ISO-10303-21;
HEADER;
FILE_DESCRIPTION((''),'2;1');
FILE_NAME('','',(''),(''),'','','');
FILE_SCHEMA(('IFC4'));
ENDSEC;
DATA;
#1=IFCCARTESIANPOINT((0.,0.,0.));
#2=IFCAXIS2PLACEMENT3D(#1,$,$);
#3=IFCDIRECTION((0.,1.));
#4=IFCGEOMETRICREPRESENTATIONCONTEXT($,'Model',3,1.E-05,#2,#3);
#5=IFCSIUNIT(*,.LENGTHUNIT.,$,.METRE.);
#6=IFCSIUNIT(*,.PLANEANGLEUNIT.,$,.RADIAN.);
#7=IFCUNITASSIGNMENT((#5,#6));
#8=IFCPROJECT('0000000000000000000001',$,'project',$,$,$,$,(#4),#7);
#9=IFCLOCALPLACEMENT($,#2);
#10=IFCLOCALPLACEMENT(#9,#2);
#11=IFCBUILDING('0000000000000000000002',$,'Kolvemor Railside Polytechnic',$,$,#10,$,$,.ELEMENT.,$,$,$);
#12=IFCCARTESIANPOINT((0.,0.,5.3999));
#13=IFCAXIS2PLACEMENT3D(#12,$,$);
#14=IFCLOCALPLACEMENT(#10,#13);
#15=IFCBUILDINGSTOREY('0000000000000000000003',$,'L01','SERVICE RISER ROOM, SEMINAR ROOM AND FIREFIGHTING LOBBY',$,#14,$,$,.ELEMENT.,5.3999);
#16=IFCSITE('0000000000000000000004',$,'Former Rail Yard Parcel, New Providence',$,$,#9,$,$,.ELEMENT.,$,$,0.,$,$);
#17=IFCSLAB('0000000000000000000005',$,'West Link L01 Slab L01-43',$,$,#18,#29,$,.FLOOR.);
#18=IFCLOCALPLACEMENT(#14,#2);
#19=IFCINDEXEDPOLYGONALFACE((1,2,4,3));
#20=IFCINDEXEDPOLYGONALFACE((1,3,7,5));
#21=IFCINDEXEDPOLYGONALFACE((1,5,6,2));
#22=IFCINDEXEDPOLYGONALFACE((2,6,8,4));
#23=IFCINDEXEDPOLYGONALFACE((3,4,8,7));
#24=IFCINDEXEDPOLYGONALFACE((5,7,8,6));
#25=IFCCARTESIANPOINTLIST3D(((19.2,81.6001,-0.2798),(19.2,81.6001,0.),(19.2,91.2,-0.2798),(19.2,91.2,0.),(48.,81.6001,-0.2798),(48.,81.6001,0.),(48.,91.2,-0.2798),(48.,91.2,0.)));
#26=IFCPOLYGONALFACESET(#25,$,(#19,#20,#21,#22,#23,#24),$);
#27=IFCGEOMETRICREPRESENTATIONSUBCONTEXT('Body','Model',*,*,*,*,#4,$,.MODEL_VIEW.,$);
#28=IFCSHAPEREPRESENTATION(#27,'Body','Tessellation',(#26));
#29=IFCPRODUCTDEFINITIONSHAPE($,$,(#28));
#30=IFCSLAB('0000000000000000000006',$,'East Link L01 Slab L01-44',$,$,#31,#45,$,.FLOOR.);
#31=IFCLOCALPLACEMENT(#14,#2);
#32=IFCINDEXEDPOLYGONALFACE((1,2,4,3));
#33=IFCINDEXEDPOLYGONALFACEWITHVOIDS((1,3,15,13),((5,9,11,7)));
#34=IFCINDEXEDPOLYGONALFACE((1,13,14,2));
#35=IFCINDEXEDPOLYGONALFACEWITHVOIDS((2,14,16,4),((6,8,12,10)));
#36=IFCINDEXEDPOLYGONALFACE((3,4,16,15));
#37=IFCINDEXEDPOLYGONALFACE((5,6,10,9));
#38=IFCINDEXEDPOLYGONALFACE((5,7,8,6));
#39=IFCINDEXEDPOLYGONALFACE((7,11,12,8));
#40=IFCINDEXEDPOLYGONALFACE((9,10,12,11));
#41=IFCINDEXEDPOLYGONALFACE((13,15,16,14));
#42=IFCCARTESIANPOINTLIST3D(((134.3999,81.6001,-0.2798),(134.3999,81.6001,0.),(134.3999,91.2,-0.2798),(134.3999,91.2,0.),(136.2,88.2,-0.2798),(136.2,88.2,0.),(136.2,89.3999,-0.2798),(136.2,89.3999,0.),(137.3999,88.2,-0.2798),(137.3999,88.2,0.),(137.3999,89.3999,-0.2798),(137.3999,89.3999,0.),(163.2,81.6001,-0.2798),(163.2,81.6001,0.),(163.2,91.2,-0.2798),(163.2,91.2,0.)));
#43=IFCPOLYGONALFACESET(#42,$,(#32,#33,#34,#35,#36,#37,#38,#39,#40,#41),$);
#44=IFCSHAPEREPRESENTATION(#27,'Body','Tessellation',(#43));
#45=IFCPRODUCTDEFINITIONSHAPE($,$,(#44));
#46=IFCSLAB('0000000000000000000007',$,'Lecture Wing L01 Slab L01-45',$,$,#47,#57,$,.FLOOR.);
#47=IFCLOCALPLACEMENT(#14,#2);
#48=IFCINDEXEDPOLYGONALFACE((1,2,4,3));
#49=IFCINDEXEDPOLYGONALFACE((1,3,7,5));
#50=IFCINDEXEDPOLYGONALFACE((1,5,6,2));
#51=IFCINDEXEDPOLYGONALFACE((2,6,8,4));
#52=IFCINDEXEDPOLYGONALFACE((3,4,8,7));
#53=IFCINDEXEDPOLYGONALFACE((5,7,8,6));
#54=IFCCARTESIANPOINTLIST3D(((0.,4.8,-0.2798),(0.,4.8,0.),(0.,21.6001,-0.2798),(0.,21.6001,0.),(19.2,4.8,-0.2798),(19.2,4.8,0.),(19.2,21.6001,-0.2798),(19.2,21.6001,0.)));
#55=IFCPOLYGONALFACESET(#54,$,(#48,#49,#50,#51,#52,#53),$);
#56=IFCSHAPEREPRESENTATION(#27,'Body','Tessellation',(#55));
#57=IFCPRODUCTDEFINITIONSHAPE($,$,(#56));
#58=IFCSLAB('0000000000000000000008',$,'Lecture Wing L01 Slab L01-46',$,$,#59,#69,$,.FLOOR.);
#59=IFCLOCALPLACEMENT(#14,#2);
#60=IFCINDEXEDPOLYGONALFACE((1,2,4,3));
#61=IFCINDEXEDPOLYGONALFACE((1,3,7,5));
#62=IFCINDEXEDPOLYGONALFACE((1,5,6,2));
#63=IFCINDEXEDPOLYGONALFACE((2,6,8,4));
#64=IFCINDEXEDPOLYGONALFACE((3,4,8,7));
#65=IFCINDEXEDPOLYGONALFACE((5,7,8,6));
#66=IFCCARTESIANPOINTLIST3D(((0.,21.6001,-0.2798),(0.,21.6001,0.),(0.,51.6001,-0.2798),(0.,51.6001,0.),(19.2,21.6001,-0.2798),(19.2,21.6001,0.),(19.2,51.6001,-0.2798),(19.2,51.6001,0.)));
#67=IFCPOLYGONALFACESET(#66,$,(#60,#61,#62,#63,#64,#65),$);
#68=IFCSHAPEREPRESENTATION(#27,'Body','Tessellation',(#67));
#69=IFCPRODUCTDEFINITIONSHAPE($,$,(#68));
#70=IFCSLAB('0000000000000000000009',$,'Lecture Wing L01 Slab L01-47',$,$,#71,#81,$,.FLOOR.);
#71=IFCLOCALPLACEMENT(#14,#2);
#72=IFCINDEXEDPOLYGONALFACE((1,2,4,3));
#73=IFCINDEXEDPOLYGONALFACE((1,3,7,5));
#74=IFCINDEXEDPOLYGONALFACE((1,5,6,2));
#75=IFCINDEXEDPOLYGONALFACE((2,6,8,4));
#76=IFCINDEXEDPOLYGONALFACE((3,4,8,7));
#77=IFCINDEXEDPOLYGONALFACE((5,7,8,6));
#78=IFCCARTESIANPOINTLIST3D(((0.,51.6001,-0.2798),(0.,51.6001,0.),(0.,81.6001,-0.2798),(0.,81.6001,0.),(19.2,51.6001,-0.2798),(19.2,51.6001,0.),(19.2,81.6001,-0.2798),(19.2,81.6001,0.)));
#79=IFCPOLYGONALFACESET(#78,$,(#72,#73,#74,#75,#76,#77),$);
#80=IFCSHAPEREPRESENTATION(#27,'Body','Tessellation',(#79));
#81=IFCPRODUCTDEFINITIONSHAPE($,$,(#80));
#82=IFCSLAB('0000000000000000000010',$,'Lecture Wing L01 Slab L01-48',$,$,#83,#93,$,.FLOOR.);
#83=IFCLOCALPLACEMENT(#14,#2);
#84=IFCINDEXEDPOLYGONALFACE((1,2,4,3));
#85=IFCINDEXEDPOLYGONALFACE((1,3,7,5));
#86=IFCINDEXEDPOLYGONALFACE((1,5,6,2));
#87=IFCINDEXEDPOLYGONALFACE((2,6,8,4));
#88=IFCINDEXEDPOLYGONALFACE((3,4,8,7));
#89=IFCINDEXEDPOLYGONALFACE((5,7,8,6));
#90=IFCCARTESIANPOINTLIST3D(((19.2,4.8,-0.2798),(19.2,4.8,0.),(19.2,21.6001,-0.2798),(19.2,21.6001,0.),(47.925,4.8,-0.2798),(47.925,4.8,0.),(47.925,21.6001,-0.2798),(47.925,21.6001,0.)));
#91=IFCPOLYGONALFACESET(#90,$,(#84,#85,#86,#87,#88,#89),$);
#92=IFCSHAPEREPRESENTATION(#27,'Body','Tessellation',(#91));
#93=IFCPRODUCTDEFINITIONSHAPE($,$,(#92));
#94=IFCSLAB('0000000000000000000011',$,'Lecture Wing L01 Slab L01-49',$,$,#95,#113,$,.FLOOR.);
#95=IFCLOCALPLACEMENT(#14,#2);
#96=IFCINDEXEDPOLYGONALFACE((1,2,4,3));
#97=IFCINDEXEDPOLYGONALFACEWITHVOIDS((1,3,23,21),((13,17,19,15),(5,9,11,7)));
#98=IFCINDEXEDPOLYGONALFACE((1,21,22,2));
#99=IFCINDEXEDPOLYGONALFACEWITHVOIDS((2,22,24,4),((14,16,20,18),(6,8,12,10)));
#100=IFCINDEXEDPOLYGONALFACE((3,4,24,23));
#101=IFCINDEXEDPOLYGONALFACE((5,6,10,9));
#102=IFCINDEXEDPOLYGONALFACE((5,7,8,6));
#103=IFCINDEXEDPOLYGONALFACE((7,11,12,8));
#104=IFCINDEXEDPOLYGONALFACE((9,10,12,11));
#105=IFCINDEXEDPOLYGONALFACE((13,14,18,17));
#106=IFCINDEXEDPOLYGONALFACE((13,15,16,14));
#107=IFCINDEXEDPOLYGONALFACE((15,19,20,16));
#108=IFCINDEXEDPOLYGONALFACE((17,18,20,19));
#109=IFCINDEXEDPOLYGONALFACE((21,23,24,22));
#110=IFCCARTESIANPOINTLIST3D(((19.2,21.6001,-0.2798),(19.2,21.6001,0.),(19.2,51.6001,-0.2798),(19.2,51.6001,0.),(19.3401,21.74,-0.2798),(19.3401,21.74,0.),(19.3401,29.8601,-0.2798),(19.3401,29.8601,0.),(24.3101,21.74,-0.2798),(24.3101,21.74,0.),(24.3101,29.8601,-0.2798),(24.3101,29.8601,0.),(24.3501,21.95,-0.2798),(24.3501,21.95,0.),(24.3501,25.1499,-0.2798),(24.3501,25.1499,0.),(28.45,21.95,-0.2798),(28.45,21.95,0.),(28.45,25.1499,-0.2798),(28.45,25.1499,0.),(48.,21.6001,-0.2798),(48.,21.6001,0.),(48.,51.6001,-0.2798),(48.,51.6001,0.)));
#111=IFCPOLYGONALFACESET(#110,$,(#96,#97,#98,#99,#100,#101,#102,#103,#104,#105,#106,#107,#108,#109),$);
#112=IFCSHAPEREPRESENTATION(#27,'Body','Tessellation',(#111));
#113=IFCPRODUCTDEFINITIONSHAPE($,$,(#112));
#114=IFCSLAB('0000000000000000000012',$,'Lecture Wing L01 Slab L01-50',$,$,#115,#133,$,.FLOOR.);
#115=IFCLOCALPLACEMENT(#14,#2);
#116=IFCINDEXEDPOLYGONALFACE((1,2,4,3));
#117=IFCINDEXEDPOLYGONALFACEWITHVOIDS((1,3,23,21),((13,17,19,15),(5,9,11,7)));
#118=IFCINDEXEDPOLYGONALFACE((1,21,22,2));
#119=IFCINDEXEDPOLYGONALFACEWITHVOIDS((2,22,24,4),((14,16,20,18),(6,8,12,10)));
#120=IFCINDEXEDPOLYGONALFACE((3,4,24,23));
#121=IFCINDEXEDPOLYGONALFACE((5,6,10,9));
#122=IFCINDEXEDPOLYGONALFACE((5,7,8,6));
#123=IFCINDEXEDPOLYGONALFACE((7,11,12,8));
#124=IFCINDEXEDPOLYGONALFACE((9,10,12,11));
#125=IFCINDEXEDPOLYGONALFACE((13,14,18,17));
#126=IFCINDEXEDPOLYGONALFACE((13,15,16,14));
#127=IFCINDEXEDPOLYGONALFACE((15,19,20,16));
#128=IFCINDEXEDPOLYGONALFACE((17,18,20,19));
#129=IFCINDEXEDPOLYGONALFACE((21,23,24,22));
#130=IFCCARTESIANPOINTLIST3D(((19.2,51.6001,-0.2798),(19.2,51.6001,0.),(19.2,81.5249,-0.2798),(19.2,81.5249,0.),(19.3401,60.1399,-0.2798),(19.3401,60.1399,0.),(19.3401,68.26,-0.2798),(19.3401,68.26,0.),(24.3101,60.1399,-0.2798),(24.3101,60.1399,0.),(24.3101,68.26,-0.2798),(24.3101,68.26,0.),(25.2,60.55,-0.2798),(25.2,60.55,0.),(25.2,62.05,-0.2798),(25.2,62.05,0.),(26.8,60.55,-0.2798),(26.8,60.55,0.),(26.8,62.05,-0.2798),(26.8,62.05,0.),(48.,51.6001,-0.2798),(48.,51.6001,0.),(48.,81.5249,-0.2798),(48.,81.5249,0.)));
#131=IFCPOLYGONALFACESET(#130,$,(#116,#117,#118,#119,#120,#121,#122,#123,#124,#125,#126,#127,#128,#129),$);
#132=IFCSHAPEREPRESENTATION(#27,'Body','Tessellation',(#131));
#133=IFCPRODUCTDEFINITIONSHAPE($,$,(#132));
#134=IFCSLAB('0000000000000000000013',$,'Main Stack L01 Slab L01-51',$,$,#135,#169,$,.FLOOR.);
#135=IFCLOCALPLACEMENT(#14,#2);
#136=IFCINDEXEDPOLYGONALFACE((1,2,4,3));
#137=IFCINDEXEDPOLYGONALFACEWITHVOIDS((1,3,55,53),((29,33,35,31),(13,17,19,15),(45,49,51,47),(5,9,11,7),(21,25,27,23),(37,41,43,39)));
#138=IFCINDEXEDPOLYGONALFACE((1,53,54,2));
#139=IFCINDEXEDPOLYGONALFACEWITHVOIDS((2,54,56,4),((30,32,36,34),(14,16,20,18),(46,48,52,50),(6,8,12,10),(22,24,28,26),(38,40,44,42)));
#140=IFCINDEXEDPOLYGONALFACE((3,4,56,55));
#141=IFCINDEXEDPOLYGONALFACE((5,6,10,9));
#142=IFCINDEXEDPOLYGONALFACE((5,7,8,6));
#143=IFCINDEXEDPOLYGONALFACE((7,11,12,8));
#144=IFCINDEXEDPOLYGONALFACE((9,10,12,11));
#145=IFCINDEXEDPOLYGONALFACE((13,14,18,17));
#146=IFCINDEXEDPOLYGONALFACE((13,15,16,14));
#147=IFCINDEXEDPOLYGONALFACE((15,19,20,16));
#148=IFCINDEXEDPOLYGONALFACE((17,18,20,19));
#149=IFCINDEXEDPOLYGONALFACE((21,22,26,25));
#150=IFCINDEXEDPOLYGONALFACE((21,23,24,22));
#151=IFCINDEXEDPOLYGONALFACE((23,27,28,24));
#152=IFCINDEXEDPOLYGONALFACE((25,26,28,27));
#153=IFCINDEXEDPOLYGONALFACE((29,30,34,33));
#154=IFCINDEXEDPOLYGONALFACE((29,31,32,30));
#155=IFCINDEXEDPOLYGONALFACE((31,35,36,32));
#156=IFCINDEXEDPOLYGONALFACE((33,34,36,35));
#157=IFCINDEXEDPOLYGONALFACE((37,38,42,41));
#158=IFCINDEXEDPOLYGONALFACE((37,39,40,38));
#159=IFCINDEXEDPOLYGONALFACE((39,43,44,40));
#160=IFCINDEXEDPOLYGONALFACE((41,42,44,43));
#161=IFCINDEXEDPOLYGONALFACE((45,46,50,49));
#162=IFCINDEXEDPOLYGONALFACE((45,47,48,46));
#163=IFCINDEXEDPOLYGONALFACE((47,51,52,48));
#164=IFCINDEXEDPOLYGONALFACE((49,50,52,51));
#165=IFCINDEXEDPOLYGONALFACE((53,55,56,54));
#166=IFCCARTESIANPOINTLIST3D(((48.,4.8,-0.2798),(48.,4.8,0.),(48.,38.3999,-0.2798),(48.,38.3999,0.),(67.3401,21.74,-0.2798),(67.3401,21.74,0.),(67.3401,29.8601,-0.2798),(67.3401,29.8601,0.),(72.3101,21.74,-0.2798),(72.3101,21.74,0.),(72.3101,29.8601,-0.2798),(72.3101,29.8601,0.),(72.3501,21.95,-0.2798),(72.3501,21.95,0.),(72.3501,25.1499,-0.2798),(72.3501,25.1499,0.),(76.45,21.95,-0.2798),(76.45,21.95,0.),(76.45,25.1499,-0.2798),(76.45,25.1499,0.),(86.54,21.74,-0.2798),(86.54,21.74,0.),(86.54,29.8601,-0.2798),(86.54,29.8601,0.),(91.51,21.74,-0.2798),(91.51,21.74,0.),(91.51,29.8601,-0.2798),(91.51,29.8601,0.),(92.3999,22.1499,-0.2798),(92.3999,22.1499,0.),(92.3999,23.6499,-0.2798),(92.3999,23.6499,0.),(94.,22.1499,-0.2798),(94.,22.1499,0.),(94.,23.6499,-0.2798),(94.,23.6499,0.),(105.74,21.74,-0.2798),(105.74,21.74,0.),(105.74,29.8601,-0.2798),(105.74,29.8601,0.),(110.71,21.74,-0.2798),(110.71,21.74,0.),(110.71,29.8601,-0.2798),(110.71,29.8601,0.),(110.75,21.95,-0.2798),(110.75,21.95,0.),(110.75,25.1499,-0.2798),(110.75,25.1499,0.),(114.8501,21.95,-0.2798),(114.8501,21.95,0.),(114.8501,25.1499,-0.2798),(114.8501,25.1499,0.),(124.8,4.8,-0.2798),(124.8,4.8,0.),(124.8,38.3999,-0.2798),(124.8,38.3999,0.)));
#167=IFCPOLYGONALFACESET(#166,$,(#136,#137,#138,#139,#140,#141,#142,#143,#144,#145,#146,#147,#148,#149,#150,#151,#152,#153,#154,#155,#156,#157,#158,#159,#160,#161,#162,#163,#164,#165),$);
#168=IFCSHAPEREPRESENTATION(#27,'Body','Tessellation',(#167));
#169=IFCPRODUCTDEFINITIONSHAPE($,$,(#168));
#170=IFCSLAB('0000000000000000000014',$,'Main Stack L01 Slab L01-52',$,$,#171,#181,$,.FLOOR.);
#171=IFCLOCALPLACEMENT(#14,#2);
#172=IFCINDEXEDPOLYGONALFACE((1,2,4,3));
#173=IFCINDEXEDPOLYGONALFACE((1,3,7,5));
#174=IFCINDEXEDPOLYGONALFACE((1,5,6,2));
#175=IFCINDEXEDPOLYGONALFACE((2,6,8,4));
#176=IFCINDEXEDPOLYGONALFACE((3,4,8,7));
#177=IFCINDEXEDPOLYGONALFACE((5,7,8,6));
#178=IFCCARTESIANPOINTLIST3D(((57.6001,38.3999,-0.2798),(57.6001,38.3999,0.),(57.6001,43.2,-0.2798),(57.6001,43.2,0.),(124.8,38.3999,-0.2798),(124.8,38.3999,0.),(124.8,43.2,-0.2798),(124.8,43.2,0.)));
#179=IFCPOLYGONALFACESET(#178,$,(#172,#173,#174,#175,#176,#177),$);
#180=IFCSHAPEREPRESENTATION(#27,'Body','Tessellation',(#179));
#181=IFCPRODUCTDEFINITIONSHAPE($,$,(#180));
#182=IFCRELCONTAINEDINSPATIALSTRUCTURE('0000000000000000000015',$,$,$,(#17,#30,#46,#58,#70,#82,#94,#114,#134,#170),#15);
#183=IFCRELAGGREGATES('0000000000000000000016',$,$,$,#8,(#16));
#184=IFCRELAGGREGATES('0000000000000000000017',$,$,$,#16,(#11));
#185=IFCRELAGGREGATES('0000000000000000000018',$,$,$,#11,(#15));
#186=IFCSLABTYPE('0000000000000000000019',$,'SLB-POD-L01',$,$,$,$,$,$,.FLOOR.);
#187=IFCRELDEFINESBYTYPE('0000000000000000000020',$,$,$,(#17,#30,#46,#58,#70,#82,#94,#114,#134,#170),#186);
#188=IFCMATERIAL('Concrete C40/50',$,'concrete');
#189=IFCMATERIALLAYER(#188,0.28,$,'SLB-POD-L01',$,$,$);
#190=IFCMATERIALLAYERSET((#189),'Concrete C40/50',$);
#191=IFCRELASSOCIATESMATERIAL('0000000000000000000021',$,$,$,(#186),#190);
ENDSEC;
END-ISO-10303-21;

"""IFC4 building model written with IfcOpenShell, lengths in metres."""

from ifc_helpers import new_model, si_unit, direction, frame, origin, place, context, subcontext, project, spatial, polyline, outline, extrude, material, layer, layer_set, type_object, element, save


model = new_model("IFC4")

# Units and contexts
model_context = context("Model", 3, precision=1e-05, world=origin(), true_north=direction((0.0, 1.0)))
body_context = subcontext(model_context, "Body", "Model", "MODEL_VIEW")
ifc_project = project(units=[si_unit("LENGTHUNIT", "METRE"), si_unit("PLANEANGLEUNIT", "RADIAN")], contexts=[model_context])

# Site, building, storey
site_placement = place(None, origin())
site = spatial("IfcSite", under=ifc_project, at=site_placement, Name="Former Rail Yard Parcel, New Providence", CompositionType="ELEMENT", RefElevation=0.0)
building_placement = place(site_placement, origin())
building = spatial("IfcBuilding", under=site, at=building_placement, Name="Kolvemor Railside Polytechnic", CompositionType="ELEMENT")
storey_placement = place(building_placement, frame((0.0, 0.0, 5.3999)))
storey = spatial("IfcBuildingStorey", under=building, at=storey_placement, Name="L01", Description="SERVICE RISER ROOM, SEMINAR ROOM AND FIREFIGHTING LOBBY", CompositionType="ELEMENT", Elevation=5.3999)

# Slabs
ifc_material_1 = material(Name="Concrete C40/50", Category="concrete")
ifc_layer_1 = layer(ifc_material_1, 0.28, Name="SLB-POD-L01")
ifc_layer_set_1 = layer_set([ifc_layer_1], Name="Concrete C40/50")
slab_type = type_object("IfcSlabType", Name="SLB-POD-L01", PredefinedType="FLOOR", material=ifc_layer_set_1)
slab_1_placement = place(storey_placement, frame((0.0, 0.0, -0.2798)))
element("IfcSlab", 1, at=slab_1_placement, inside=storey, type_object=slab_type, Name="West Link L01 Slab L01-43", PredefinedType="FLOOR", context=body_context, shape_type="SweptSolid", body=[
    extrude(outline(polyline([(19.2, 81.6001), (48.0, 81.6001), (48.0, 91.2), (19.2, 91.2), (19.2, 81.6001)])), origin(), (0.0, 0.0, 1.0), 0.2798),
])
slab_2_placement = place(storey_placement, frame((0.0, 0.0, -0.2798)))
element("IfcSlab", 2, at=slab_2_placement, inside=storey, type_object=slab_type, Name="East Link L01 Slab L01-44", PredefinedType="FLOOR", context=body_context, shape_type="SweptSolid", body=[
    extrude(outline(polyline([(134.3999, 81.6001), (163.2, 81.6001), (163.2, 91.2), (134.3999, 91.2), (134.3999, 81.6001)]), holes=[polyline([(136.2, 88.2), (137.3999, 88.2), (137.3999, 89.3999), (136.2, 89.3999), (136.2, 88.2)])]), origin(), (0.0, 0.0, 1.0), 0.2798),
])
slab_3_placement = place(storey_placement, frame((0.0, 0.0, -0.2798)))
element("IfcSlab", 3, at=slab_3_placement, inside=storey, type_object=slab_type, Name="Lecture Wing L01 Slab L01-45", PredefinedType="FLOOR", context=body_context, shape_type="SweptSolid", body=[
    extrude(outline(polyline([(0.0, 4.8), (19.2, 4.8), (19.2, 21.6001), (0.0, 21.6001), (0.0, 4.8)])), origin(), (0.0, 0.0, 1.0), 0.2798),
])
slab_4_placement = place(storey_placement, frame((0.0, 0.0, -0.2798)))
element("IfcSlab", 4, at=slab_4_placement, inside=storey, type_object=slab_type, Name="Lecture Wing L01 Slab L01-46", PredefinedType="FLOOR", context=body_context, shape_type="SweptSolid", body=[
    extrude(outline(polyline([(0.0, 21.6001), (19.2, 21.6001), (19.2, 51.6001), (0.0, 51.6001), (0.0, 21.6001)])), origin(), (0.0, 0.0, 1.0), 0.2798),
])
slab_5_placement = place(storey_placement, frame((0.0, 0.0, -0.2798)))
element("IfcSlab", 5, at=slab_5_placement, inside=storey, type_object=slab_type, Name="Lecture Wing L01 Slab L01-47", PredefinedType="FLOOR", context=body_context, shape_type="SweptSolid", body=[
    extrude(outline(polyline([(0.0, 51.6001), (19.2, 51.6001), (19.2, 81.6001), (0.0, 81.6001), (0.0, 51.6001)])), origin(), (0.0, 0.0, 1.0), 0.2798),
])
slab_6_placement = place(storey_placement, frame((0.0, 0.0, -0.2798)))
element("IfcSlab", 6, at=slab_6_placement, inside=storey, type_object=slab_type, Name="Lecture Wing L01 Slab L01-48", PredefinedType="FLOOR", context=body_context, shape_type="SweptSolid", body=[
    extrude(outline(polyline([(19.2, 4.8), (47.925, 4.8), (47.925, 21.6001), (19.2, 21.6001), (19.2, 4.8)])), origin(), (0.0, 0.0, 1.0), 0.2798),
])
slab_7_placement = place(storey_placement, frame((0.0, 0.0, -0.2798)))
element("IfcSlab", 7, at=slab_7_placement, inside=storey, type_object=slab_type, Name="Lecture Wing L01 Slab L01-49", PredefinedType="FLOOR", context=body_context, shape_type="SweptSolid", body=[
    extrude(outline(polyline([(19.2, 21.6001), (48.0, 21.6001), (48.0, 51.6001), (19.2, 51.6001), (19.2, 21.6001)]), holes=[polyline([(19.3401, 21.74), (24.3101, 21.74), (24.3101, 29.8601), (19.3401, 29.8601), (19.3401, 21.74)]), polyline([(24.3501, 21.95), (28.45, 21.95), (28.45, 25.1499), (24.3501, 25.1499), (24.3501, 21.95)])]), origin(), (0.0, 0.0, 1.0), 0.2798),
])
slab_8_placement = place(storey_placement, frame((0.0, 0.0, -0.2798)))
element("IfcSlab", 8, at=slab_8_placement, inside=storey, type_object=slab_type, Name="Lecture Wing L01 Slab L01-50", PredefinedType="FLOOR", context=body_context, shape_type="SweptSolid", body=[
    extrude(outline(polyline([(19.2, 51.6001), (48.0, 51.6001), (48.0, 81.5249), (19.2, 81.5249), (19.2, 51.6001)]), holes=[polyline([(19.3401, 60.1399), (24.3101, 60.1399), (24.3101, 68.26), (19.3401, 68.26), (19.3401, 60.1399)]), polyline([(25.2, 60.55), (26.8, 60.55), (26.8, 62.05), (25.2, 62.05), (25.2, 60.55)])]), origin(), (0.0, 0.0, 1.0), 0.2798),
])
slab_9_placement = place(storey_placement, frame((0.0, 0.0, -0.2798)))
element("IfcSlab", 9, at=slab_9_placement, inside=storey, type_object=slab_type, Name="Main Stack L01 Slab L01-51", PredefinedType="FLOOR", context=body_context, shape_type="SweptSolid", body=[
    extrude(outline(polyline([(48.0, 4.8), (124.8, 4.8), (124.8, 38.3999), (48.0, 38.3999), (48.0, 4.8)]), holes=[polyline([(67.3401, 21.74), (72.3101, 21.74), (72.3101, 29.8601), (67.3401, 29.8601), (67.3401, 21.74)]), polyline([(72.3501, 21.95), (76.45, 21.95), (76.45, 25.1499), (72.3501, 25.1499), (72.3501, 21.95)]), polyline([(105.74, 21.74), (110.71, 21.74), (110.71, 29.8601), (105.74, 29.8601), (105.74, 21.74)]), polyline([(110.75, 21.95), (114.8501, 21.95), (114.8501, 25.1499), (110.75, 25.1499), (110.75, 21.95)]), polyline([(86.54, 21.74), (91.51, 21.74), (91.51, 29.8601), (86.54, 29.8601), (86.54, 21.74)]), polyline([(92.3999, 22.1499), (94.0, 22.1499), (94.0, 23.6499), (92.3999, 23.6499), (92.3999, 22.1499)])]), origin(), (0.0, 0.0, 1.0), 0.2798),
])
slab_10_placement = place(storey_placement, frame((0.0, 0.0, -0.2798)))
element("IfcSlab", 10, at=slab_10_placement, inside=storey, type_object=slab_type, Name="Main Stack L01 Slab L01-52", PredefinedType="FLOOR", context=body_context, shape_type="SweptSolid", body=[
    extrude(outline(polyline([(57.6001, 38.3999), (124.8, 38.3999), (124.8, 43.2), (57.6001, 43.2), (57.6001, 38.3999)])), origin(), (0.0, 0.0, 1.0), 0.2798),
])

save(model, "model.ifc")
